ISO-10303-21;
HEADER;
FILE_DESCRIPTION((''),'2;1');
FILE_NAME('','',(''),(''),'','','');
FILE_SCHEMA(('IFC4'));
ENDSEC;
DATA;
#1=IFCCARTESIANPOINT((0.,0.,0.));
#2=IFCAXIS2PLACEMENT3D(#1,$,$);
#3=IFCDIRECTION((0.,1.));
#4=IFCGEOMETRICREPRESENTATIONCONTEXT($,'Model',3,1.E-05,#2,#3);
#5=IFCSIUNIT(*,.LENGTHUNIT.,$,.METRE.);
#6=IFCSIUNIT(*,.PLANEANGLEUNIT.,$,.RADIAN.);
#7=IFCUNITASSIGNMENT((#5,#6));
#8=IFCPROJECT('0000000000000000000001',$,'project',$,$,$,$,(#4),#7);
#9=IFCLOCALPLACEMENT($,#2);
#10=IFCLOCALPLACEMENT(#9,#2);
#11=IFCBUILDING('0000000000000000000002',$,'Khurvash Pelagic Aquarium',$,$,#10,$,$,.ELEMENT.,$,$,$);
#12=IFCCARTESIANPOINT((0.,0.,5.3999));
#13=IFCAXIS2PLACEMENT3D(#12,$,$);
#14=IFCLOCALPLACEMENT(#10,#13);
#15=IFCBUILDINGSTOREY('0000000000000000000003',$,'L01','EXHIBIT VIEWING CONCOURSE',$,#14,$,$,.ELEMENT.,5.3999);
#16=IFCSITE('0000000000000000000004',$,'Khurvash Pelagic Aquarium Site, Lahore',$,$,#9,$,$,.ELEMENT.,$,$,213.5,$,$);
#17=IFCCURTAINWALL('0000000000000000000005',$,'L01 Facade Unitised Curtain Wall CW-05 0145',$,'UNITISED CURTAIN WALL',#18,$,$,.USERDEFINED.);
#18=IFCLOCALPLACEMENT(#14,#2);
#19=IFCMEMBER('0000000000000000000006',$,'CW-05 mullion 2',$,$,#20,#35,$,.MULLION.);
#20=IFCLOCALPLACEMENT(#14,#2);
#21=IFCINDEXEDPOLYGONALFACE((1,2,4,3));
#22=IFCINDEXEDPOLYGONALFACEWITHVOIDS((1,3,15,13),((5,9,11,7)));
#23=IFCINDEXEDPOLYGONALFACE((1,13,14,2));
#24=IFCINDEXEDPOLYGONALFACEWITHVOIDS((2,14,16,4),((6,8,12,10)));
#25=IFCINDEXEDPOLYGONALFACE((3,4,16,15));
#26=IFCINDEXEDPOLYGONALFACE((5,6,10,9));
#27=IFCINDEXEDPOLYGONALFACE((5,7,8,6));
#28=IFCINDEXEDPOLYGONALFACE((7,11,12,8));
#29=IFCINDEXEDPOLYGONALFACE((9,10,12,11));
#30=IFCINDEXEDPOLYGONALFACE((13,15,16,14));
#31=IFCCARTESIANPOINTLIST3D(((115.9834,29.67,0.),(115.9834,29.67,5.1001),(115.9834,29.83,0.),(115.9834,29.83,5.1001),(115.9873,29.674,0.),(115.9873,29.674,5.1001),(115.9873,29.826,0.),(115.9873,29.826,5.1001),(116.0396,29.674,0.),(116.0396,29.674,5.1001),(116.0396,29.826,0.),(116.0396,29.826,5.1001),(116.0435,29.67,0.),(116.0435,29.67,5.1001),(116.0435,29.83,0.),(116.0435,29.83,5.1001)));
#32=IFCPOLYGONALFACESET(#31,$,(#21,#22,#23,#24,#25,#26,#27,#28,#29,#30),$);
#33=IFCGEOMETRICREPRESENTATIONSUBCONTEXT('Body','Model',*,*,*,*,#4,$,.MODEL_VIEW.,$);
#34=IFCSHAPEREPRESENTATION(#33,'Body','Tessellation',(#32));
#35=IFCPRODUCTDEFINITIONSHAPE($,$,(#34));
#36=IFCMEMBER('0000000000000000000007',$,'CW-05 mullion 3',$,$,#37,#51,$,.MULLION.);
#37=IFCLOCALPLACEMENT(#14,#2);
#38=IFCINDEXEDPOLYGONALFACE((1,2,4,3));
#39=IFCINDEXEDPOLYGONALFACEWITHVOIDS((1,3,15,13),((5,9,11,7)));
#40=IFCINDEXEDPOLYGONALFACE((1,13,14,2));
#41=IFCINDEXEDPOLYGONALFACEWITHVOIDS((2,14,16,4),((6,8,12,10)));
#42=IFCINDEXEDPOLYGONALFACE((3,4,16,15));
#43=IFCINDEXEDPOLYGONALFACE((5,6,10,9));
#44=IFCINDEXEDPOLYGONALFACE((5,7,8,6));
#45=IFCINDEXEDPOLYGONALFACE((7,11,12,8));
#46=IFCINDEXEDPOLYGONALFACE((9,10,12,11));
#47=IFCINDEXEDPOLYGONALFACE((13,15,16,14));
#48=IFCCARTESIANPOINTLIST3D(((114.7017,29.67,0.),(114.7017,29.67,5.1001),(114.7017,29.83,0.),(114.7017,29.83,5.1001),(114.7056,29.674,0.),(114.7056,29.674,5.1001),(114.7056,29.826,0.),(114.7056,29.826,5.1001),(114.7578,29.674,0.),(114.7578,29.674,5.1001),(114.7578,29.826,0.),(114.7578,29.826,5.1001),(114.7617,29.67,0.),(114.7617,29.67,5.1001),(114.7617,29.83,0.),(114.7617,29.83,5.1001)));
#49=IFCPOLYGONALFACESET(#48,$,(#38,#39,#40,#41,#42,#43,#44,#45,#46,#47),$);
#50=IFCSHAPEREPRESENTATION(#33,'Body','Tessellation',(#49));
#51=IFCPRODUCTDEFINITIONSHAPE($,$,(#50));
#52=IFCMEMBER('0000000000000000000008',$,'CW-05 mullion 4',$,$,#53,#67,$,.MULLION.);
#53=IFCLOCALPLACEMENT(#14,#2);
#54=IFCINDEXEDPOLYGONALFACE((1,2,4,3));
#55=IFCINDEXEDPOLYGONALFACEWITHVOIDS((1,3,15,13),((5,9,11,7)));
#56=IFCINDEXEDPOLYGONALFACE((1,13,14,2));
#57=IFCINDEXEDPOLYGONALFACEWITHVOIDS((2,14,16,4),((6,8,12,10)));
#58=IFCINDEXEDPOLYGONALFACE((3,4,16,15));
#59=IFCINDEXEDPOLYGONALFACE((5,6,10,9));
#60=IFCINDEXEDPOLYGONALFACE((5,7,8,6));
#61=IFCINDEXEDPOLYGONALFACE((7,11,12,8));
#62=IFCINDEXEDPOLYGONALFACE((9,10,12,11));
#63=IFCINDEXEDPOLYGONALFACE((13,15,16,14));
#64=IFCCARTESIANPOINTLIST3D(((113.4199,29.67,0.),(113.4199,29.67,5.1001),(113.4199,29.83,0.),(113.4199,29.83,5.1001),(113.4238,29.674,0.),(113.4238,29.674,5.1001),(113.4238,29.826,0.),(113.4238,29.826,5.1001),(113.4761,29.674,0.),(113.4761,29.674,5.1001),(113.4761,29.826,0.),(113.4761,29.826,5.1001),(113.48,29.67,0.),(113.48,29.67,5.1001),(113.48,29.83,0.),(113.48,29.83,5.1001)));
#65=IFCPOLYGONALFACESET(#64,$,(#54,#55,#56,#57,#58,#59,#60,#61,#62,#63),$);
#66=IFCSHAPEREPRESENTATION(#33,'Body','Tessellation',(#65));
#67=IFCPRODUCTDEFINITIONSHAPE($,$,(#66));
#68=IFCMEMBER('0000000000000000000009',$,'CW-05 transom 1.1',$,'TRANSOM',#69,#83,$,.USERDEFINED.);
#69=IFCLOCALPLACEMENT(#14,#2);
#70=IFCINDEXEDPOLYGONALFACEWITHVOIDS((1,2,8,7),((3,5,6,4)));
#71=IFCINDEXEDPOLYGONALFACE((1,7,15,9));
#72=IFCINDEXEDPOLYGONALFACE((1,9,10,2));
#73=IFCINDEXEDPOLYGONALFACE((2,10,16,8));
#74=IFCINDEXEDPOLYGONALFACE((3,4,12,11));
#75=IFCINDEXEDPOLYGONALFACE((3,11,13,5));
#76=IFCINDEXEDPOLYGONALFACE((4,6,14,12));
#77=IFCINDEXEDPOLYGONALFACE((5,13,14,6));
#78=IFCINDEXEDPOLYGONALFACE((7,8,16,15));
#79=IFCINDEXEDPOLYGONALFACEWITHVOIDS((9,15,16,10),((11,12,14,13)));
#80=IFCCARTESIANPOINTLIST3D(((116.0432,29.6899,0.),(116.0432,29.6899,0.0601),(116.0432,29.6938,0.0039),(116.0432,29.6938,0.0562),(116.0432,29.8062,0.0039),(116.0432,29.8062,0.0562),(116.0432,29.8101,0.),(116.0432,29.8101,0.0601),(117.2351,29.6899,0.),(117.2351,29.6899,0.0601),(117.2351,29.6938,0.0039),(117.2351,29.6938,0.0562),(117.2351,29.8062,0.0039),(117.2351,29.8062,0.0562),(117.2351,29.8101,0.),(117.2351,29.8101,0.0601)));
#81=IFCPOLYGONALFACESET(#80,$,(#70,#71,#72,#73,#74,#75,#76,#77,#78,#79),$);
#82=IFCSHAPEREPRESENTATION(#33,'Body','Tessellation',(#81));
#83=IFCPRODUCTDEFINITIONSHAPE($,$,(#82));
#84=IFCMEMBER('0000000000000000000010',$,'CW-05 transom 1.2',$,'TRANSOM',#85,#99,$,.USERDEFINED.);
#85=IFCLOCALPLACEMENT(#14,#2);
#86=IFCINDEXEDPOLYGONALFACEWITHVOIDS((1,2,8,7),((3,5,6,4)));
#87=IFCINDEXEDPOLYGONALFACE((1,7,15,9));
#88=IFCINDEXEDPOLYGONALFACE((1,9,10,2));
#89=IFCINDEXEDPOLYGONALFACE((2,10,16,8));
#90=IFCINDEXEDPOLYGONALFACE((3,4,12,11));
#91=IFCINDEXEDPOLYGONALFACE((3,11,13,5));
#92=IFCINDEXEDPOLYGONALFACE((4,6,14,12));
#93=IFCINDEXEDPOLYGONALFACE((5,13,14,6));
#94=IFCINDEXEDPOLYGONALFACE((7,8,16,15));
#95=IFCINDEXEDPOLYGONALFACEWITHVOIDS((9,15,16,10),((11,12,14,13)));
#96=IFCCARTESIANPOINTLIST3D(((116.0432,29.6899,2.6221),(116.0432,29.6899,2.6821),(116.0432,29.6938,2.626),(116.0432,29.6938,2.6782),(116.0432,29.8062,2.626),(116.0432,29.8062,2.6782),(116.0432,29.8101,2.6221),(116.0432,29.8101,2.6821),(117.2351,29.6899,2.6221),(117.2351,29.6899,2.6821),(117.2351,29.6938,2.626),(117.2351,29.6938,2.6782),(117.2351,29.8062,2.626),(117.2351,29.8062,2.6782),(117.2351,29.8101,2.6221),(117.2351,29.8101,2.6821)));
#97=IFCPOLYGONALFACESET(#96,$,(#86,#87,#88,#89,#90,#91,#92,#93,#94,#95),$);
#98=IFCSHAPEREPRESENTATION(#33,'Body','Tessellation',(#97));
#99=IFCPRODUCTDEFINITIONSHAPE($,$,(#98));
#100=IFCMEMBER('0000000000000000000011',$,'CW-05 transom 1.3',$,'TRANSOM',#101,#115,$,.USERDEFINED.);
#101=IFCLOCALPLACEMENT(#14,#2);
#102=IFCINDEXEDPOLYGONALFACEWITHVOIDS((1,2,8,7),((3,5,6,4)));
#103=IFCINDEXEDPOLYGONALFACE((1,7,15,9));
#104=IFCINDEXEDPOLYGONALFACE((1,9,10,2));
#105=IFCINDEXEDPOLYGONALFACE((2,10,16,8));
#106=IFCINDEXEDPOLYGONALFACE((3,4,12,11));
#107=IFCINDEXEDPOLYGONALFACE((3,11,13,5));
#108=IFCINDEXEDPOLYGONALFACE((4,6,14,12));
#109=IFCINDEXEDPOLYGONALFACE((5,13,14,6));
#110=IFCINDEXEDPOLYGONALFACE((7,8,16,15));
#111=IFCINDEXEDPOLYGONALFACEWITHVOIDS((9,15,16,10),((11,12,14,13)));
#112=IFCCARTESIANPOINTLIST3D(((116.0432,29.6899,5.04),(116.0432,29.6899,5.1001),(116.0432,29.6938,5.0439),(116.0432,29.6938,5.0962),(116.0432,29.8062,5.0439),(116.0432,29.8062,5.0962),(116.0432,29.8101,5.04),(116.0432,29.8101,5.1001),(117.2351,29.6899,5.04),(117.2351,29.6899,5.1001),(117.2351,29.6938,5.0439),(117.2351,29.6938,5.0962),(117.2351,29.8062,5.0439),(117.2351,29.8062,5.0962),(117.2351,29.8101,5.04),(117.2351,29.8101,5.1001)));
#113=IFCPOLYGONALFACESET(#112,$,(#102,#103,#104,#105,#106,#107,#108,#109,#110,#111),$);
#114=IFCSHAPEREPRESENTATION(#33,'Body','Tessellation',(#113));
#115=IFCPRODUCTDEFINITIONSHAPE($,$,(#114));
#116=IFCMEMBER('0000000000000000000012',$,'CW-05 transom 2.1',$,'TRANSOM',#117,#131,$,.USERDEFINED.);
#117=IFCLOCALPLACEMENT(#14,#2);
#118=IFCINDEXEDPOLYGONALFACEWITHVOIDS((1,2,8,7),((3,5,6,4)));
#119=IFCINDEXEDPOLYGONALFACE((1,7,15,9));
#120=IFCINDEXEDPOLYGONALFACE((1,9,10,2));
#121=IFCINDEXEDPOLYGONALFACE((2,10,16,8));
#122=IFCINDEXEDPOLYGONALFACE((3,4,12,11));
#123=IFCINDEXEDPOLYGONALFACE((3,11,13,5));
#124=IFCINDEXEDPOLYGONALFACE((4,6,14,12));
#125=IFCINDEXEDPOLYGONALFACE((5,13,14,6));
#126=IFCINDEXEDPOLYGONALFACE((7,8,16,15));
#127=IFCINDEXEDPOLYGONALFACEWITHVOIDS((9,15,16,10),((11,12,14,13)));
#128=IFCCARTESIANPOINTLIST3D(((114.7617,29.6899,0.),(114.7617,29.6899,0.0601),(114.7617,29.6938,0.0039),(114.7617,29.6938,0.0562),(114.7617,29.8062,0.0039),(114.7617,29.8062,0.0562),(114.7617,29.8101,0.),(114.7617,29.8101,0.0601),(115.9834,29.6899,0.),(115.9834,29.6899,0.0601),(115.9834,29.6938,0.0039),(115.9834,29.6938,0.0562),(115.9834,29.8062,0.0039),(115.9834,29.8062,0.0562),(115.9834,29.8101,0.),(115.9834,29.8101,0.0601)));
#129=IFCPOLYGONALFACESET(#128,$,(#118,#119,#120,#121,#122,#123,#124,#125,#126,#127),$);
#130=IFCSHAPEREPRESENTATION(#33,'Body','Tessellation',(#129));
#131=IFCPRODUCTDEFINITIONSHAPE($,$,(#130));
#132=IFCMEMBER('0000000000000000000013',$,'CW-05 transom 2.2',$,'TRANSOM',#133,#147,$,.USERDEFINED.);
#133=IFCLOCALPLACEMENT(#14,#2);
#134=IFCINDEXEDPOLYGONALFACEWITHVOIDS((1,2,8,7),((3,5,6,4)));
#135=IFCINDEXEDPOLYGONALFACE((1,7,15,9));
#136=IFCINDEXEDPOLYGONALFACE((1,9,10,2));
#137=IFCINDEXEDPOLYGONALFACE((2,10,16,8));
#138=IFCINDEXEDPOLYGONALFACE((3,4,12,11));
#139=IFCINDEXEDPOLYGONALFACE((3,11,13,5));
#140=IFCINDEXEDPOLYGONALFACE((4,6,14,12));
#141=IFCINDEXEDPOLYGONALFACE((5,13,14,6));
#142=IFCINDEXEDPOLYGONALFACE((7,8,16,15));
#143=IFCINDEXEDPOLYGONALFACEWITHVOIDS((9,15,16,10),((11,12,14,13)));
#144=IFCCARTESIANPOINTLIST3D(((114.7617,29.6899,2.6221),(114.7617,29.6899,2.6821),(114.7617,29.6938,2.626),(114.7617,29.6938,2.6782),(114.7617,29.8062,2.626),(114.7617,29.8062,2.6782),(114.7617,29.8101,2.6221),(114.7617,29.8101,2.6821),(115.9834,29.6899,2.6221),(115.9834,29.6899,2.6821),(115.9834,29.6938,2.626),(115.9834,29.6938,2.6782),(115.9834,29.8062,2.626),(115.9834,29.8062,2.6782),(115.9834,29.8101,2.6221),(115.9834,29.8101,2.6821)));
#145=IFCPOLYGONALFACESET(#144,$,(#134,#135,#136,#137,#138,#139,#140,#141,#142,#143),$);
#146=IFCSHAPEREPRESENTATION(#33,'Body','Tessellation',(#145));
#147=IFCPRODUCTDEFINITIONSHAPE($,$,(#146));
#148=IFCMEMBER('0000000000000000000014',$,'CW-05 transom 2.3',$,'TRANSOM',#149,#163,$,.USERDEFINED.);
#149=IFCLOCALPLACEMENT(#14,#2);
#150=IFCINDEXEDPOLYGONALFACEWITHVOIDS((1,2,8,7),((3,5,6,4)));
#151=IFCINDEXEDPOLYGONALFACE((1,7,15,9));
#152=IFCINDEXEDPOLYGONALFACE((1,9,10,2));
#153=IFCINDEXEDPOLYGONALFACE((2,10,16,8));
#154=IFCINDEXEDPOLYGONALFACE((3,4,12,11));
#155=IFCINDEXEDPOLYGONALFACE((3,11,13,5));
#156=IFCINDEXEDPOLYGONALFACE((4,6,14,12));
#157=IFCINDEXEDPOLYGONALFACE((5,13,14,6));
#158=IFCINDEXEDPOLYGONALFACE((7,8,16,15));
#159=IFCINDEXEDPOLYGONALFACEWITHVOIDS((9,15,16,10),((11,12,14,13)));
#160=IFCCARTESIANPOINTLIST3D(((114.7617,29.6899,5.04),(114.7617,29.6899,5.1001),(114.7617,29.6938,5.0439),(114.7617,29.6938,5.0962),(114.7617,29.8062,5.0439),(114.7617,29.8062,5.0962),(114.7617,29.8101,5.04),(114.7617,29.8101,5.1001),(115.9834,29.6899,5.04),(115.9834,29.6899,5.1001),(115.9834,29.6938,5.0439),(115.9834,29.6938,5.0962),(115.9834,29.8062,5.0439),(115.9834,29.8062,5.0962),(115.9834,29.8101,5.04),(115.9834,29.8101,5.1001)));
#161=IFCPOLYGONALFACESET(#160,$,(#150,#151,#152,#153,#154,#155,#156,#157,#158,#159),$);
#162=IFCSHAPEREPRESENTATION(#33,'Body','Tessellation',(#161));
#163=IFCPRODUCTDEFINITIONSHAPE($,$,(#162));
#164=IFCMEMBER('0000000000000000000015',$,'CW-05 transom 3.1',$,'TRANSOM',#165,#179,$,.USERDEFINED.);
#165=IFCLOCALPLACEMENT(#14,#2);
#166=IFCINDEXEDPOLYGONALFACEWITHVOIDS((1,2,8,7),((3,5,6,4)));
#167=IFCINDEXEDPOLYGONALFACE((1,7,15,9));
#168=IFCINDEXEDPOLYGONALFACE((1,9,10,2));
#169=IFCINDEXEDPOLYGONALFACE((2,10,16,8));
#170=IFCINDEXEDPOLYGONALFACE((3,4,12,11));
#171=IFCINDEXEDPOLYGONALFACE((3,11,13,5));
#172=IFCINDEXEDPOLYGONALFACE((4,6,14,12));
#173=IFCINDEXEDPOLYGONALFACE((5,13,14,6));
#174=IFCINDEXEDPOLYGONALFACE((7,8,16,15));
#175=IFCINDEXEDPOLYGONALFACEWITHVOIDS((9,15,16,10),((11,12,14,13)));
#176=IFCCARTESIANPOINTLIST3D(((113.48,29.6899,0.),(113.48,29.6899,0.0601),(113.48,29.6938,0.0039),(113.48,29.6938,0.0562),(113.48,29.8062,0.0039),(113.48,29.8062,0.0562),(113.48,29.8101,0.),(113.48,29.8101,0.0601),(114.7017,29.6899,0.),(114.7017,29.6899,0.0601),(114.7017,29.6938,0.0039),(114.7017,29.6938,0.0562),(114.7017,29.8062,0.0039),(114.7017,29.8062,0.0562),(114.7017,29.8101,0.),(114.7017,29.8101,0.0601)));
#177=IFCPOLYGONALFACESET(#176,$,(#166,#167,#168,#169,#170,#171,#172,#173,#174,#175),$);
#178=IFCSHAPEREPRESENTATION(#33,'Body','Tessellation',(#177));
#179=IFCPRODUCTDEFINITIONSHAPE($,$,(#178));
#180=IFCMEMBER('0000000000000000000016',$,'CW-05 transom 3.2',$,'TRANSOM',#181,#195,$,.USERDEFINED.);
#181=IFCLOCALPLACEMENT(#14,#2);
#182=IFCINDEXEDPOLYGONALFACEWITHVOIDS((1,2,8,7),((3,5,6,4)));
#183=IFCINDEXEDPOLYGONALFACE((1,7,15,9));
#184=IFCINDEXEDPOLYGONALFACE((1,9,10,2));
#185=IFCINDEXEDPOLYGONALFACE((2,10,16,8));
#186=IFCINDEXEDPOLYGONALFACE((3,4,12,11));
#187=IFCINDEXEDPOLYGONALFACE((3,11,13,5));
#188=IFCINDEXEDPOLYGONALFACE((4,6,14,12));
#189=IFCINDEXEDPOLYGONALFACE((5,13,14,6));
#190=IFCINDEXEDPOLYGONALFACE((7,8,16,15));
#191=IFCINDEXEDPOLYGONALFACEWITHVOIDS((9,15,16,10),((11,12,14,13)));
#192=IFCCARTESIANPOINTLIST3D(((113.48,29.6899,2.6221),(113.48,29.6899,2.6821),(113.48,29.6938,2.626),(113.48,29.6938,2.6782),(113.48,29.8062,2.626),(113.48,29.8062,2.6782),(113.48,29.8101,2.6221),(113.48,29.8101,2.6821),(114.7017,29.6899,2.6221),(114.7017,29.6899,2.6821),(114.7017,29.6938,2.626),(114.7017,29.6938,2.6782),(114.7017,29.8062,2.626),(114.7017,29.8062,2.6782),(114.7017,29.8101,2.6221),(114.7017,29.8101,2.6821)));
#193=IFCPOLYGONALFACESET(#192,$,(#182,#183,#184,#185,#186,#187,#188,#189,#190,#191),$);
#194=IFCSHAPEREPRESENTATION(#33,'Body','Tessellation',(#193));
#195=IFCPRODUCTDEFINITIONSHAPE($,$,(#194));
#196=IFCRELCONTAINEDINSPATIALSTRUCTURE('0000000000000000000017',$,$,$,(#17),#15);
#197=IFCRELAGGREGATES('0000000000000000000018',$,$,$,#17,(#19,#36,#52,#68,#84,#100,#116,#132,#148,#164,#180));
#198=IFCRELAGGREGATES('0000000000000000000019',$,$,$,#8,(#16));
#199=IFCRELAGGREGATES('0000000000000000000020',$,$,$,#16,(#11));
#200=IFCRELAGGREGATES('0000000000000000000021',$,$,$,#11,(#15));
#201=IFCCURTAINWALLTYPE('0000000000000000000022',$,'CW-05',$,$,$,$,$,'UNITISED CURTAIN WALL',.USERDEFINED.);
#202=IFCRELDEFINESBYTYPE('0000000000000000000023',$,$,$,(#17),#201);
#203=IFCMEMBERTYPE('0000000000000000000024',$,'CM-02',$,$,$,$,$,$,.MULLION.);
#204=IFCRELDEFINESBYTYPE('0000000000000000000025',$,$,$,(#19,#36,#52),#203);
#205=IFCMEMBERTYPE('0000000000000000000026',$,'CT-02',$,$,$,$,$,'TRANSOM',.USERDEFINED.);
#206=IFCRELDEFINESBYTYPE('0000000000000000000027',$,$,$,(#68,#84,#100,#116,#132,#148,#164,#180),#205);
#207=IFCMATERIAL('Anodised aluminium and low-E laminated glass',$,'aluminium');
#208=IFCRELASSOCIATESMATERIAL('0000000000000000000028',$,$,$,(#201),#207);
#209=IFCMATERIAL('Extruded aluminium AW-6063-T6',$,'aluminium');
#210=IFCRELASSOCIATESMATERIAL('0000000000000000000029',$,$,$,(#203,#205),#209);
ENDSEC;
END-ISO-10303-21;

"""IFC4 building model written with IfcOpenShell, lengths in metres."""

from ifc_helpers import new_model, si_unit, direction, frame, origin, origin_2d, place, context, subcontext, project, spatial, hollow_rectangle, extrude, material, material_profile, profile_set, type_object, element, aggregate, save


model = new_model("IFC4")

# Units and contexts
model_context = context("Model", 3, precision=1e-05, world=origin(), true_north=direction((0.0, 1.0)))
body_context = subcontext(model_context, "Body", "Model", "MODEL_VIEW")
ifc_project = project(units=[si_unit("LENGTHUNIT", "METRE"), si_unit("PLANEANGLEUNIT", "RADIAN")], contexts=[model_context])

# Site, building, storey
site_placement = place(None, origin())
site = spatial("IfcSite", under=ifc_project, at=site_placement, Name="Khurvash Pelagic Aquarium Site, Lahore", CompositionType="ELEMENT", RefElevation=213.5)
building_placement = place(site_placement, origin())
building = spatial("IfcBuilding", under=site, at=building_placement, Name="Khurvash Pelagic Aquarium", CompositionType="ELEMENT")
storey_placement = place(building_placement, frame((0.0, 0.0, 5.3999)))
storey = spatial("IfcBuildingStorey", under=building, at=storey_placement, Name="L01", Description="EXHIBIT VIEWING CONCOURSE", CompositionType="ELEMENT", Elevation=5.3999)

# Curtain wall, members
ifc_material_1 = material(Name="Anodised aluminium and low-E laminated glass", Category="aluminium")
curtain_wall_type = type_object("IfcCurtainWallType", Name="CW-05", ElementType="UNITISED CURTAIN WALL", PredefinedType="USERDEFINED", material=ifc_material_1)
curtain_wall_placement = place(storey_placement, origin())
curtain_wall = element("IfcCurtainWall", 1, at=curtain_wall_placement, inside=storey, type_object=curtain_wall_type, Name="L01 Facade Unitised Curtain Wall CW-05 0145", ObjectType="UNITISED CURTAIN WALL", PredefinedType="USERDEFINED")
ifc_material_2 = material(Name="Extruded aluminium AW-6063-T6", Category="aluminium")
ifc_material_profile_1 = material_profile(ifc_material_2, hollow_rectangle(XDim=0.0601, YDim=0.1599, WallThickness=0.0039, at=origin_2d()), Name="CWM60X160X4")
ifc_profile_set_1 = profile_set([ifc_material_profile_1], Name="Extruded aluminium AW-6063-T6")
member_type_1 = type_object("IfcMemberType", Name="CM-02", PredefinedType="MULLION", material=ifc_profile_set_1)
member_1_placement = place(storey_placement, frame((116.0134, 29.75, 0.0), z_axis=(0.0, 0.0, 1.0), x_axis=(-1.0, 0.0, 0.0)))
member_1 = element("IfcMember", 2, at=member_1_placement, type_object=member_type_1, Name="CW-05 mullion 2", PredefinedType="MULLION", context=body_context, shape_type="SweptSolid", body=[
    extrude(hollow_rectangle(XDim=0.0601, YDim=0.1599, WallThickness=0.0039, at=origin_2d()), origin(), (0.0, 0.0, 1.0), 5.1001),
])
member_2_placement = place(storey_placement, frame((114.7317, 29.75, 0.0), z_axis=(0.0, 0.0, 1.0), x_axis=(-1.0, 0.0, 0.0)))
member_2 = element("IfcMember", 3, at=member_2_placement, type_object=member_type_1, Name="CW-05 mullion 3", PredefinedType="MULLION", context=body_context, shape_type="SweptSolid", body=[
    extrude(hollow_rectangle(XDim=0.0601, YDim=0.1599, WallThickness=0.0039, at=origin_2d()), origin(), (0.0, 0.0, 1.0), 5.1001),
])
member_3_placement = place(storey_placement, frame((113.45, 29.75, 0.0), z_axis=(0.0, 0.0, 1.0), x_axis=(-1.0, 0.0, 0.0)))
member_3 = element("IfcMember", 4, at=member_3_placement, type_object=member_type_1, Name="CW-05 mullion 4", PredefinedType="MULLION", context=body_context, shape_type="SweptSolid", body=[
    extrude(hollow_rectangle(XDim=0.0601, YDim=0.1599, WallThickness=0.0039, at=origin_2d()), origin(), (0.0, 0.0, 1.0), 5.1001),
])
ifc_material_profile_2 = material_profile(ifc_material_2, hollow_rectangle(XDim=0.1201, YDim=0.0601, WallThickness=0.0039, at=origin_2d()), Name="CWT120X60X4")
ifc_profile_set_2 = profile_set([ifc_material_profile_2], Name="Extruded aluminium AW-6063-T6")
member_type_2 = type_object("IfcMemberType", Name="CT-02", ElementType="TRANSOM", PredefinedType="USERDEFINED", material=ifc_profile_set_2)
member_4_placement = place(storey_placement, frame((117.2351, 29.75, 0.03), z_axis=(-1.0, 0.0, 0.0), x_axis=(0.0, -1.0, 0.0)))
member_4 = element("IfcMember", 5, at=member_4_placement, type_object=member_type_2, Name="CW-05 transom 1.1", ObjectType="TRANSOM", PredefinedType="USERDEFINED", context=body_context, shape_type="SweptSolid", body=[
    extrude(hollow_rectangle(XDim=0.1201, YDim=0.0601, WallThickness=0.0039, at=origin_2d()), origin(), (0.0, 0.0, 1.0), 1.1919),
])
member_5_placement = place(storey_placement, frame((117.2351, 29.75, 2.6521), z_axis=(-1.0, 0.0, 0.0), x_axis=(0.0, -1.0, 0.0)))
member_5 = element("IfcMember", 6, at=member_5_placement, type_object=member_type_2, Name="CW-05 transom 1.2", ObjectType="TRANSOM", PredefinedType="USERDEFINED", context=body_context, shape_type="SweptSolid", body=[
    extrude(hollow_rectangle(XDim=0.1201, YDim=0.0601, WallThickness=0.0039, at=origin_2d()), origin(), (0.0, 0.0, 1.0), 1.1919),
])
member_6_placement = place(storey_placement, frame((117.2351, 29.75, 5.0701), z_axis=(-1.0, 0.0, 0.0), x_axis=(0.0, -1.0, 0.0)))
member_6 = element("IfcMember", 7, at=member_6_placement, type_object=member_type_2, Name="CW-05 transom 1.3", ObjectType="TRANSOM", PredefinedType="USERDEFINED", context=body_context, shape_type="SweptSolid", body=[
    extrude(hollow_rectangle(XDim=0.1201, YDim=0.0601, WallThickness=0.0039, at=origin_2d()), origin(), (0.0, 0.0, 1.0), 1.1919),
])
member_7_placement = place(storey_placement, frame((115.9834, 29.75, 0.03), z_axis=(-1.0, 0.0, 0.0), x_axis=(0.0, -1.0, 0.0)))
member_7 = element("IfcMember", 8, at=member_7_placement, type_object=member_type_2, Name="CW-05 transom 2.1", ObjectType="TRANSOM", PredefinedType="USERDEFINED", context=body_context, shape_type="SweptSolid", body=[
    extrude(hollow_rectangle(XDim=0.1201, YDim=0.0601, WallThickness=0.0039, at=origin_2d()), origin(), (0.0, 0.0, 1.0), 1.2217),
])
member_8_placement = place(storey_placement, frame((115.9834, 29.75, 2.6521), z_axis=(-1.0, 0.0, 0.0), x_axis=(0.0, -1.0, 0.0)))
member_8 = element("IfcMember", 9, at=member_8_placement, type_object=member_type_2, Name="CW-05 transom 2.2", ObjectType="TRANSOM", PredefinedType="USERDEFINED", context=body_context, shape_type="SweptSolid", body=[
    extrude(hollow_rectangle(XDim=0.1201, YDim=0.0601, WallThickness=0.0039, at=origin_2d()), origin(), (0.0, 0.0, 1.0), 1.2217),
])
member_9_placement = place(storey_placement, frame((115.9834, 29.75, 5.0701), z_axis=(-1.0, 0.0, 0.0), x_axis=(0.0, -1.0, 0.0)))
member_9 = element("IfcMember", 10, at=member_9_placement, type_object=member_type_2, Name="CW-05 transom 2.3", ObjectType="TRANSOM", PredefinedType="USERDEFINED", context=body_context, shape_type="SweptSolid", body=[
    extrude(hollow_rectangle(XDim=0.1201, YDim=0.0601, WallThickness=0.0039, at=origin_2d()), origin(), (0.0, 0.0, 1.0), 1.2217),
])
member_10_placement = place(storey_placement, frame((114.7017, 29.75, 0.03), z_axis=(-1.0, 0.0, 0.0), x_axis=(0.0, -1.0, 0.0)))
member_10 = element("IfcMember", 11, at=member_10_placement, type_object=member_type_2, Name="CW-05 transom 3.1", ObjectType="TRANSOM", PredefinedType="USERDEFINED", context=body_context, shape_type="SweptSolid", body=[
    extrude(hollow_rectangle(XDim=0.1201, YDim=0.0601, WallThickness=0.0039, at=origin_2d()), origin(), (0.0, 0.0, 1.0), 1.2217),
])
member_11_placement = place(storey_placement, frame((114.7017, 29.75, 2.6521), z_axis=(-1.0, 0.0, 0.0), x_axis=(0.0, -1.0, 0.0)))
member_11 = element("IfcMember", 12, at=member_11_placement, type_object=member_type_2, Name="CW-05 transom 3.2", ObjectType="TRANSOM", PredefinedType="USERDEFINED", context=body_context, shape_type="SweptSolid", body=[
    extrude(hollow_rectangle(XDim=0.1201, YDim=0.0601, WallThickness=0.0039, at=origin_2d()), origin(), (0.0, 0.0, 1.0), 1.2217),
])
aggregate(curtain_wall, [member_1, member_2, member_3, member_4, member_5, member_6, member_7, member_8, member_9, member_10, member_11])

save(model, "model.ifc")
